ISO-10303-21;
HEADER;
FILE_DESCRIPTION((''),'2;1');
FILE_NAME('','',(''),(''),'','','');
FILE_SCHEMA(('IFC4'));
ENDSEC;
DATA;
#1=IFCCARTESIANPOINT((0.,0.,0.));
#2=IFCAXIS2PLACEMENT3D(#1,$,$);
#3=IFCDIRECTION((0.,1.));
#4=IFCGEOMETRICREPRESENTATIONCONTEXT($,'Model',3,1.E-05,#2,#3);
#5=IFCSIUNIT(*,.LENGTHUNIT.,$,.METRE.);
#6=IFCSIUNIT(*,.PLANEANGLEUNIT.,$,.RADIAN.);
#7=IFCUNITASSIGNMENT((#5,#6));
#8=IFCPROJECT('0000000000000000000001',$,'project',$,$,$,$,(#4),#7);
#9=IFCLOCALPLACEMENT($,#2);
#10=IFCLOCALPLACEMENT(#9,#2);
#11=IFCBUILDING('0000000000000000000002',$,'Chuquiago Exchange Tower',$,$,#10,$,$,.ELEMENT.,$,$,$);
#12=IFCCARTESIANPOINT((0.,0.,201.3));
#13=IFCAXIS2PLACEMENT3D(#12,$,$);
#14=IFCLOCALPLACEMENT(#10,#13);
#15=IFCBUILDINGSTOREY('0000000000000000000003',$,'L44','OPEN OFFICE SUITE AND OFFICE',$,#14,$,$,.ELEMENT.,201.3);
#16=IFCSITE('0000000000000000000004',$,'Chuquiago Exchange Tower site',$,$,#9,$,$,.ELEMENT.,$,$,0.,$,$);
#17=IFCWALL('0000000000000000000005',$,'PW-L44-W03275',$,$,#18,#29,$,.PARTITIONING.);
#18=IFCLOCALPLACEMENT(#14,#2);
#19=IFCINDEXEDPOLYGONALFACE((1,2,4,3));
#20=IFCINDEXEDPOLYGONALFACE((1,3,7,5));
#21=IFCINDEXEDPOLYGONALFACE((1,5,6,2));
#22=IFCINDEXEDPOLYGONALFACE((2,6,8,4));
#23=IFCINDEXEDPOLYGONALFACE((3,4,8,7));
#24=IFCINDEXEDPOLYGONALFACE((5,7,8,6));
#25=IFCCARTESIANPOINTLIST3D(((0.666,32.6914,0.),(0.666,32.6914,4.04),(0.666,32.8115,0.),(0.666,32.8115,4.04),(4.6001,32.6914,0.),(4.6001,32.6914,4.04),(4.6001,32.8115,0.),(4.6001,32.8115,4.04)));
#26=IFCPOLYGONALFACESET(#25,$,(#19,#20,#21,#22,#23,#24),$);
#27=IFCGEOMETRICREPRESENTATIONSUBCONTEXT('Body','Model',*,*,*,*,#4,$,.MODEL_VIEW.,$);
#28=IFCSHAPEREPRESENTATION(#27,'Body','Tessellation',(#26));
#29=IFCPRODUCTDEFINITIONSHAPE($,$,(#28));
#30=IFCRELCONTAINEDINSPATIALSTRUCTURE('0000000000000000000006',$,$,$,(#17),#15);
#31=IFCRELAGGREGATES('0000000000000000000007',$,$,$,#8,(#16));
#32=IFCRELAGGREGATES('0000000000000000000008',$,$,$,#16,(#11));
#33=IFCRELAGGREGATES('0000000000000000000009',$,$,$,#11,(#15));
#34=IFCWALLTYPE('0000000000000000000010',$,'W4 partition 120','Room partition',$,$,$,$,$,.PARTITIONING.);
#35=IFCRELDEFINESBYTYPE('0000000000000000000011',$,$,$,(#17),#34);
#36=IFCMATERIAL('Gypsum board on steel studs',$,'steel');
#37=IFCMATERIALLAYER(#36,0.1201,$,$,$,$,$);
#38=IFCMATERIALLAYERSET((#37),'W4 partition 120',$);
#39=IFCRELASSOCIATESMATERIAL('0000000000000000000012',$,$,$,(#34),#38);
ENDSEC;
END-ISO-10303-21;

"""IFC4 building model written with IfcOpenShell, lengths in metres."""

from ifc_helpers import new_model, si_unit, direction, frame, frame_2d, origin, place, context, subcontext, project, spatial, rectangle, extrude, material, layer, layer_set, type_object, element, save


model = new_model("IFC4")

# Units and contexts
model_context = context("Model", 3, precision=1e-05, world=origin(), true_north=direction((0.0, 1.0)))
body_context = subcontext(model_context, "Body", "Model", "MODEL_VIEW")
ifc_project = project(units=[si_unit("LENGTHUNIT", "METRE"), si_unit("PLANEANGLEUNIT", "RADIAN")], contexts=[model_context])

# Site, building, storey
site_placement = place(None, origin())
site = spatial("IfcSite", under=ifc_project, at=site_placement, Name="Chuquiago Exchange Tower site", CompositionType="ELEMENT", RefElevation=0.0)
building_placement = place(site_placement, origin())
building = spatial("IfcBuilding", under=site, at=building_placement, Name="Chuquiago Exchange Tower", CompositionType="ELEMENT")
storey_placement = place(building_placement, frame((0.0, 0.0, 201.3)))
storey = spatial("IfcBuildingStorey", under=building, at=storey_placement, Name="L44", Description="OPEN OFFICE SUITE AND OFFICE", CompositionType="ELEMENT", Elevation=201.3)

# Wall
ifc_material_1 = material(Name="Gypsum board on steel studs", Category="steel")
ifc_layer_1 = layer(ifc_material_1, 0.1201)
ifc_layer_set_1 = layer_set([ifc_layer_1], Name="W4 partition 120")
wall_type_1 = type_object("IfcWallType", Name="W4 partition 120", Description="Room partition", PredefinedType="PARTITIONING", material=ifc_layer_set_1)
wall_1_placement = place(storey_placement, frame((0.666, 32.7515, 0.0), z_axis=(0.0, 0.0, 1.0), x_axis=(1.0, 0.0, 0.0)))
element("IfcWall", 1, at=wall_1_placement, inside=storey, type_object=wall_type_1, Name="PW-L44-W03275", PredefinedType="PARTITIONING", context=body_context, shape_type="SweptSolid", body=[
    extrude(rectangle(XDim=3.9341, YDim=0.1201, at=frame_2d((1.967, 0.0))), origin(), (0.0, 0.0, 1.0), 4.04),
])

save(model, "model.ifc")
